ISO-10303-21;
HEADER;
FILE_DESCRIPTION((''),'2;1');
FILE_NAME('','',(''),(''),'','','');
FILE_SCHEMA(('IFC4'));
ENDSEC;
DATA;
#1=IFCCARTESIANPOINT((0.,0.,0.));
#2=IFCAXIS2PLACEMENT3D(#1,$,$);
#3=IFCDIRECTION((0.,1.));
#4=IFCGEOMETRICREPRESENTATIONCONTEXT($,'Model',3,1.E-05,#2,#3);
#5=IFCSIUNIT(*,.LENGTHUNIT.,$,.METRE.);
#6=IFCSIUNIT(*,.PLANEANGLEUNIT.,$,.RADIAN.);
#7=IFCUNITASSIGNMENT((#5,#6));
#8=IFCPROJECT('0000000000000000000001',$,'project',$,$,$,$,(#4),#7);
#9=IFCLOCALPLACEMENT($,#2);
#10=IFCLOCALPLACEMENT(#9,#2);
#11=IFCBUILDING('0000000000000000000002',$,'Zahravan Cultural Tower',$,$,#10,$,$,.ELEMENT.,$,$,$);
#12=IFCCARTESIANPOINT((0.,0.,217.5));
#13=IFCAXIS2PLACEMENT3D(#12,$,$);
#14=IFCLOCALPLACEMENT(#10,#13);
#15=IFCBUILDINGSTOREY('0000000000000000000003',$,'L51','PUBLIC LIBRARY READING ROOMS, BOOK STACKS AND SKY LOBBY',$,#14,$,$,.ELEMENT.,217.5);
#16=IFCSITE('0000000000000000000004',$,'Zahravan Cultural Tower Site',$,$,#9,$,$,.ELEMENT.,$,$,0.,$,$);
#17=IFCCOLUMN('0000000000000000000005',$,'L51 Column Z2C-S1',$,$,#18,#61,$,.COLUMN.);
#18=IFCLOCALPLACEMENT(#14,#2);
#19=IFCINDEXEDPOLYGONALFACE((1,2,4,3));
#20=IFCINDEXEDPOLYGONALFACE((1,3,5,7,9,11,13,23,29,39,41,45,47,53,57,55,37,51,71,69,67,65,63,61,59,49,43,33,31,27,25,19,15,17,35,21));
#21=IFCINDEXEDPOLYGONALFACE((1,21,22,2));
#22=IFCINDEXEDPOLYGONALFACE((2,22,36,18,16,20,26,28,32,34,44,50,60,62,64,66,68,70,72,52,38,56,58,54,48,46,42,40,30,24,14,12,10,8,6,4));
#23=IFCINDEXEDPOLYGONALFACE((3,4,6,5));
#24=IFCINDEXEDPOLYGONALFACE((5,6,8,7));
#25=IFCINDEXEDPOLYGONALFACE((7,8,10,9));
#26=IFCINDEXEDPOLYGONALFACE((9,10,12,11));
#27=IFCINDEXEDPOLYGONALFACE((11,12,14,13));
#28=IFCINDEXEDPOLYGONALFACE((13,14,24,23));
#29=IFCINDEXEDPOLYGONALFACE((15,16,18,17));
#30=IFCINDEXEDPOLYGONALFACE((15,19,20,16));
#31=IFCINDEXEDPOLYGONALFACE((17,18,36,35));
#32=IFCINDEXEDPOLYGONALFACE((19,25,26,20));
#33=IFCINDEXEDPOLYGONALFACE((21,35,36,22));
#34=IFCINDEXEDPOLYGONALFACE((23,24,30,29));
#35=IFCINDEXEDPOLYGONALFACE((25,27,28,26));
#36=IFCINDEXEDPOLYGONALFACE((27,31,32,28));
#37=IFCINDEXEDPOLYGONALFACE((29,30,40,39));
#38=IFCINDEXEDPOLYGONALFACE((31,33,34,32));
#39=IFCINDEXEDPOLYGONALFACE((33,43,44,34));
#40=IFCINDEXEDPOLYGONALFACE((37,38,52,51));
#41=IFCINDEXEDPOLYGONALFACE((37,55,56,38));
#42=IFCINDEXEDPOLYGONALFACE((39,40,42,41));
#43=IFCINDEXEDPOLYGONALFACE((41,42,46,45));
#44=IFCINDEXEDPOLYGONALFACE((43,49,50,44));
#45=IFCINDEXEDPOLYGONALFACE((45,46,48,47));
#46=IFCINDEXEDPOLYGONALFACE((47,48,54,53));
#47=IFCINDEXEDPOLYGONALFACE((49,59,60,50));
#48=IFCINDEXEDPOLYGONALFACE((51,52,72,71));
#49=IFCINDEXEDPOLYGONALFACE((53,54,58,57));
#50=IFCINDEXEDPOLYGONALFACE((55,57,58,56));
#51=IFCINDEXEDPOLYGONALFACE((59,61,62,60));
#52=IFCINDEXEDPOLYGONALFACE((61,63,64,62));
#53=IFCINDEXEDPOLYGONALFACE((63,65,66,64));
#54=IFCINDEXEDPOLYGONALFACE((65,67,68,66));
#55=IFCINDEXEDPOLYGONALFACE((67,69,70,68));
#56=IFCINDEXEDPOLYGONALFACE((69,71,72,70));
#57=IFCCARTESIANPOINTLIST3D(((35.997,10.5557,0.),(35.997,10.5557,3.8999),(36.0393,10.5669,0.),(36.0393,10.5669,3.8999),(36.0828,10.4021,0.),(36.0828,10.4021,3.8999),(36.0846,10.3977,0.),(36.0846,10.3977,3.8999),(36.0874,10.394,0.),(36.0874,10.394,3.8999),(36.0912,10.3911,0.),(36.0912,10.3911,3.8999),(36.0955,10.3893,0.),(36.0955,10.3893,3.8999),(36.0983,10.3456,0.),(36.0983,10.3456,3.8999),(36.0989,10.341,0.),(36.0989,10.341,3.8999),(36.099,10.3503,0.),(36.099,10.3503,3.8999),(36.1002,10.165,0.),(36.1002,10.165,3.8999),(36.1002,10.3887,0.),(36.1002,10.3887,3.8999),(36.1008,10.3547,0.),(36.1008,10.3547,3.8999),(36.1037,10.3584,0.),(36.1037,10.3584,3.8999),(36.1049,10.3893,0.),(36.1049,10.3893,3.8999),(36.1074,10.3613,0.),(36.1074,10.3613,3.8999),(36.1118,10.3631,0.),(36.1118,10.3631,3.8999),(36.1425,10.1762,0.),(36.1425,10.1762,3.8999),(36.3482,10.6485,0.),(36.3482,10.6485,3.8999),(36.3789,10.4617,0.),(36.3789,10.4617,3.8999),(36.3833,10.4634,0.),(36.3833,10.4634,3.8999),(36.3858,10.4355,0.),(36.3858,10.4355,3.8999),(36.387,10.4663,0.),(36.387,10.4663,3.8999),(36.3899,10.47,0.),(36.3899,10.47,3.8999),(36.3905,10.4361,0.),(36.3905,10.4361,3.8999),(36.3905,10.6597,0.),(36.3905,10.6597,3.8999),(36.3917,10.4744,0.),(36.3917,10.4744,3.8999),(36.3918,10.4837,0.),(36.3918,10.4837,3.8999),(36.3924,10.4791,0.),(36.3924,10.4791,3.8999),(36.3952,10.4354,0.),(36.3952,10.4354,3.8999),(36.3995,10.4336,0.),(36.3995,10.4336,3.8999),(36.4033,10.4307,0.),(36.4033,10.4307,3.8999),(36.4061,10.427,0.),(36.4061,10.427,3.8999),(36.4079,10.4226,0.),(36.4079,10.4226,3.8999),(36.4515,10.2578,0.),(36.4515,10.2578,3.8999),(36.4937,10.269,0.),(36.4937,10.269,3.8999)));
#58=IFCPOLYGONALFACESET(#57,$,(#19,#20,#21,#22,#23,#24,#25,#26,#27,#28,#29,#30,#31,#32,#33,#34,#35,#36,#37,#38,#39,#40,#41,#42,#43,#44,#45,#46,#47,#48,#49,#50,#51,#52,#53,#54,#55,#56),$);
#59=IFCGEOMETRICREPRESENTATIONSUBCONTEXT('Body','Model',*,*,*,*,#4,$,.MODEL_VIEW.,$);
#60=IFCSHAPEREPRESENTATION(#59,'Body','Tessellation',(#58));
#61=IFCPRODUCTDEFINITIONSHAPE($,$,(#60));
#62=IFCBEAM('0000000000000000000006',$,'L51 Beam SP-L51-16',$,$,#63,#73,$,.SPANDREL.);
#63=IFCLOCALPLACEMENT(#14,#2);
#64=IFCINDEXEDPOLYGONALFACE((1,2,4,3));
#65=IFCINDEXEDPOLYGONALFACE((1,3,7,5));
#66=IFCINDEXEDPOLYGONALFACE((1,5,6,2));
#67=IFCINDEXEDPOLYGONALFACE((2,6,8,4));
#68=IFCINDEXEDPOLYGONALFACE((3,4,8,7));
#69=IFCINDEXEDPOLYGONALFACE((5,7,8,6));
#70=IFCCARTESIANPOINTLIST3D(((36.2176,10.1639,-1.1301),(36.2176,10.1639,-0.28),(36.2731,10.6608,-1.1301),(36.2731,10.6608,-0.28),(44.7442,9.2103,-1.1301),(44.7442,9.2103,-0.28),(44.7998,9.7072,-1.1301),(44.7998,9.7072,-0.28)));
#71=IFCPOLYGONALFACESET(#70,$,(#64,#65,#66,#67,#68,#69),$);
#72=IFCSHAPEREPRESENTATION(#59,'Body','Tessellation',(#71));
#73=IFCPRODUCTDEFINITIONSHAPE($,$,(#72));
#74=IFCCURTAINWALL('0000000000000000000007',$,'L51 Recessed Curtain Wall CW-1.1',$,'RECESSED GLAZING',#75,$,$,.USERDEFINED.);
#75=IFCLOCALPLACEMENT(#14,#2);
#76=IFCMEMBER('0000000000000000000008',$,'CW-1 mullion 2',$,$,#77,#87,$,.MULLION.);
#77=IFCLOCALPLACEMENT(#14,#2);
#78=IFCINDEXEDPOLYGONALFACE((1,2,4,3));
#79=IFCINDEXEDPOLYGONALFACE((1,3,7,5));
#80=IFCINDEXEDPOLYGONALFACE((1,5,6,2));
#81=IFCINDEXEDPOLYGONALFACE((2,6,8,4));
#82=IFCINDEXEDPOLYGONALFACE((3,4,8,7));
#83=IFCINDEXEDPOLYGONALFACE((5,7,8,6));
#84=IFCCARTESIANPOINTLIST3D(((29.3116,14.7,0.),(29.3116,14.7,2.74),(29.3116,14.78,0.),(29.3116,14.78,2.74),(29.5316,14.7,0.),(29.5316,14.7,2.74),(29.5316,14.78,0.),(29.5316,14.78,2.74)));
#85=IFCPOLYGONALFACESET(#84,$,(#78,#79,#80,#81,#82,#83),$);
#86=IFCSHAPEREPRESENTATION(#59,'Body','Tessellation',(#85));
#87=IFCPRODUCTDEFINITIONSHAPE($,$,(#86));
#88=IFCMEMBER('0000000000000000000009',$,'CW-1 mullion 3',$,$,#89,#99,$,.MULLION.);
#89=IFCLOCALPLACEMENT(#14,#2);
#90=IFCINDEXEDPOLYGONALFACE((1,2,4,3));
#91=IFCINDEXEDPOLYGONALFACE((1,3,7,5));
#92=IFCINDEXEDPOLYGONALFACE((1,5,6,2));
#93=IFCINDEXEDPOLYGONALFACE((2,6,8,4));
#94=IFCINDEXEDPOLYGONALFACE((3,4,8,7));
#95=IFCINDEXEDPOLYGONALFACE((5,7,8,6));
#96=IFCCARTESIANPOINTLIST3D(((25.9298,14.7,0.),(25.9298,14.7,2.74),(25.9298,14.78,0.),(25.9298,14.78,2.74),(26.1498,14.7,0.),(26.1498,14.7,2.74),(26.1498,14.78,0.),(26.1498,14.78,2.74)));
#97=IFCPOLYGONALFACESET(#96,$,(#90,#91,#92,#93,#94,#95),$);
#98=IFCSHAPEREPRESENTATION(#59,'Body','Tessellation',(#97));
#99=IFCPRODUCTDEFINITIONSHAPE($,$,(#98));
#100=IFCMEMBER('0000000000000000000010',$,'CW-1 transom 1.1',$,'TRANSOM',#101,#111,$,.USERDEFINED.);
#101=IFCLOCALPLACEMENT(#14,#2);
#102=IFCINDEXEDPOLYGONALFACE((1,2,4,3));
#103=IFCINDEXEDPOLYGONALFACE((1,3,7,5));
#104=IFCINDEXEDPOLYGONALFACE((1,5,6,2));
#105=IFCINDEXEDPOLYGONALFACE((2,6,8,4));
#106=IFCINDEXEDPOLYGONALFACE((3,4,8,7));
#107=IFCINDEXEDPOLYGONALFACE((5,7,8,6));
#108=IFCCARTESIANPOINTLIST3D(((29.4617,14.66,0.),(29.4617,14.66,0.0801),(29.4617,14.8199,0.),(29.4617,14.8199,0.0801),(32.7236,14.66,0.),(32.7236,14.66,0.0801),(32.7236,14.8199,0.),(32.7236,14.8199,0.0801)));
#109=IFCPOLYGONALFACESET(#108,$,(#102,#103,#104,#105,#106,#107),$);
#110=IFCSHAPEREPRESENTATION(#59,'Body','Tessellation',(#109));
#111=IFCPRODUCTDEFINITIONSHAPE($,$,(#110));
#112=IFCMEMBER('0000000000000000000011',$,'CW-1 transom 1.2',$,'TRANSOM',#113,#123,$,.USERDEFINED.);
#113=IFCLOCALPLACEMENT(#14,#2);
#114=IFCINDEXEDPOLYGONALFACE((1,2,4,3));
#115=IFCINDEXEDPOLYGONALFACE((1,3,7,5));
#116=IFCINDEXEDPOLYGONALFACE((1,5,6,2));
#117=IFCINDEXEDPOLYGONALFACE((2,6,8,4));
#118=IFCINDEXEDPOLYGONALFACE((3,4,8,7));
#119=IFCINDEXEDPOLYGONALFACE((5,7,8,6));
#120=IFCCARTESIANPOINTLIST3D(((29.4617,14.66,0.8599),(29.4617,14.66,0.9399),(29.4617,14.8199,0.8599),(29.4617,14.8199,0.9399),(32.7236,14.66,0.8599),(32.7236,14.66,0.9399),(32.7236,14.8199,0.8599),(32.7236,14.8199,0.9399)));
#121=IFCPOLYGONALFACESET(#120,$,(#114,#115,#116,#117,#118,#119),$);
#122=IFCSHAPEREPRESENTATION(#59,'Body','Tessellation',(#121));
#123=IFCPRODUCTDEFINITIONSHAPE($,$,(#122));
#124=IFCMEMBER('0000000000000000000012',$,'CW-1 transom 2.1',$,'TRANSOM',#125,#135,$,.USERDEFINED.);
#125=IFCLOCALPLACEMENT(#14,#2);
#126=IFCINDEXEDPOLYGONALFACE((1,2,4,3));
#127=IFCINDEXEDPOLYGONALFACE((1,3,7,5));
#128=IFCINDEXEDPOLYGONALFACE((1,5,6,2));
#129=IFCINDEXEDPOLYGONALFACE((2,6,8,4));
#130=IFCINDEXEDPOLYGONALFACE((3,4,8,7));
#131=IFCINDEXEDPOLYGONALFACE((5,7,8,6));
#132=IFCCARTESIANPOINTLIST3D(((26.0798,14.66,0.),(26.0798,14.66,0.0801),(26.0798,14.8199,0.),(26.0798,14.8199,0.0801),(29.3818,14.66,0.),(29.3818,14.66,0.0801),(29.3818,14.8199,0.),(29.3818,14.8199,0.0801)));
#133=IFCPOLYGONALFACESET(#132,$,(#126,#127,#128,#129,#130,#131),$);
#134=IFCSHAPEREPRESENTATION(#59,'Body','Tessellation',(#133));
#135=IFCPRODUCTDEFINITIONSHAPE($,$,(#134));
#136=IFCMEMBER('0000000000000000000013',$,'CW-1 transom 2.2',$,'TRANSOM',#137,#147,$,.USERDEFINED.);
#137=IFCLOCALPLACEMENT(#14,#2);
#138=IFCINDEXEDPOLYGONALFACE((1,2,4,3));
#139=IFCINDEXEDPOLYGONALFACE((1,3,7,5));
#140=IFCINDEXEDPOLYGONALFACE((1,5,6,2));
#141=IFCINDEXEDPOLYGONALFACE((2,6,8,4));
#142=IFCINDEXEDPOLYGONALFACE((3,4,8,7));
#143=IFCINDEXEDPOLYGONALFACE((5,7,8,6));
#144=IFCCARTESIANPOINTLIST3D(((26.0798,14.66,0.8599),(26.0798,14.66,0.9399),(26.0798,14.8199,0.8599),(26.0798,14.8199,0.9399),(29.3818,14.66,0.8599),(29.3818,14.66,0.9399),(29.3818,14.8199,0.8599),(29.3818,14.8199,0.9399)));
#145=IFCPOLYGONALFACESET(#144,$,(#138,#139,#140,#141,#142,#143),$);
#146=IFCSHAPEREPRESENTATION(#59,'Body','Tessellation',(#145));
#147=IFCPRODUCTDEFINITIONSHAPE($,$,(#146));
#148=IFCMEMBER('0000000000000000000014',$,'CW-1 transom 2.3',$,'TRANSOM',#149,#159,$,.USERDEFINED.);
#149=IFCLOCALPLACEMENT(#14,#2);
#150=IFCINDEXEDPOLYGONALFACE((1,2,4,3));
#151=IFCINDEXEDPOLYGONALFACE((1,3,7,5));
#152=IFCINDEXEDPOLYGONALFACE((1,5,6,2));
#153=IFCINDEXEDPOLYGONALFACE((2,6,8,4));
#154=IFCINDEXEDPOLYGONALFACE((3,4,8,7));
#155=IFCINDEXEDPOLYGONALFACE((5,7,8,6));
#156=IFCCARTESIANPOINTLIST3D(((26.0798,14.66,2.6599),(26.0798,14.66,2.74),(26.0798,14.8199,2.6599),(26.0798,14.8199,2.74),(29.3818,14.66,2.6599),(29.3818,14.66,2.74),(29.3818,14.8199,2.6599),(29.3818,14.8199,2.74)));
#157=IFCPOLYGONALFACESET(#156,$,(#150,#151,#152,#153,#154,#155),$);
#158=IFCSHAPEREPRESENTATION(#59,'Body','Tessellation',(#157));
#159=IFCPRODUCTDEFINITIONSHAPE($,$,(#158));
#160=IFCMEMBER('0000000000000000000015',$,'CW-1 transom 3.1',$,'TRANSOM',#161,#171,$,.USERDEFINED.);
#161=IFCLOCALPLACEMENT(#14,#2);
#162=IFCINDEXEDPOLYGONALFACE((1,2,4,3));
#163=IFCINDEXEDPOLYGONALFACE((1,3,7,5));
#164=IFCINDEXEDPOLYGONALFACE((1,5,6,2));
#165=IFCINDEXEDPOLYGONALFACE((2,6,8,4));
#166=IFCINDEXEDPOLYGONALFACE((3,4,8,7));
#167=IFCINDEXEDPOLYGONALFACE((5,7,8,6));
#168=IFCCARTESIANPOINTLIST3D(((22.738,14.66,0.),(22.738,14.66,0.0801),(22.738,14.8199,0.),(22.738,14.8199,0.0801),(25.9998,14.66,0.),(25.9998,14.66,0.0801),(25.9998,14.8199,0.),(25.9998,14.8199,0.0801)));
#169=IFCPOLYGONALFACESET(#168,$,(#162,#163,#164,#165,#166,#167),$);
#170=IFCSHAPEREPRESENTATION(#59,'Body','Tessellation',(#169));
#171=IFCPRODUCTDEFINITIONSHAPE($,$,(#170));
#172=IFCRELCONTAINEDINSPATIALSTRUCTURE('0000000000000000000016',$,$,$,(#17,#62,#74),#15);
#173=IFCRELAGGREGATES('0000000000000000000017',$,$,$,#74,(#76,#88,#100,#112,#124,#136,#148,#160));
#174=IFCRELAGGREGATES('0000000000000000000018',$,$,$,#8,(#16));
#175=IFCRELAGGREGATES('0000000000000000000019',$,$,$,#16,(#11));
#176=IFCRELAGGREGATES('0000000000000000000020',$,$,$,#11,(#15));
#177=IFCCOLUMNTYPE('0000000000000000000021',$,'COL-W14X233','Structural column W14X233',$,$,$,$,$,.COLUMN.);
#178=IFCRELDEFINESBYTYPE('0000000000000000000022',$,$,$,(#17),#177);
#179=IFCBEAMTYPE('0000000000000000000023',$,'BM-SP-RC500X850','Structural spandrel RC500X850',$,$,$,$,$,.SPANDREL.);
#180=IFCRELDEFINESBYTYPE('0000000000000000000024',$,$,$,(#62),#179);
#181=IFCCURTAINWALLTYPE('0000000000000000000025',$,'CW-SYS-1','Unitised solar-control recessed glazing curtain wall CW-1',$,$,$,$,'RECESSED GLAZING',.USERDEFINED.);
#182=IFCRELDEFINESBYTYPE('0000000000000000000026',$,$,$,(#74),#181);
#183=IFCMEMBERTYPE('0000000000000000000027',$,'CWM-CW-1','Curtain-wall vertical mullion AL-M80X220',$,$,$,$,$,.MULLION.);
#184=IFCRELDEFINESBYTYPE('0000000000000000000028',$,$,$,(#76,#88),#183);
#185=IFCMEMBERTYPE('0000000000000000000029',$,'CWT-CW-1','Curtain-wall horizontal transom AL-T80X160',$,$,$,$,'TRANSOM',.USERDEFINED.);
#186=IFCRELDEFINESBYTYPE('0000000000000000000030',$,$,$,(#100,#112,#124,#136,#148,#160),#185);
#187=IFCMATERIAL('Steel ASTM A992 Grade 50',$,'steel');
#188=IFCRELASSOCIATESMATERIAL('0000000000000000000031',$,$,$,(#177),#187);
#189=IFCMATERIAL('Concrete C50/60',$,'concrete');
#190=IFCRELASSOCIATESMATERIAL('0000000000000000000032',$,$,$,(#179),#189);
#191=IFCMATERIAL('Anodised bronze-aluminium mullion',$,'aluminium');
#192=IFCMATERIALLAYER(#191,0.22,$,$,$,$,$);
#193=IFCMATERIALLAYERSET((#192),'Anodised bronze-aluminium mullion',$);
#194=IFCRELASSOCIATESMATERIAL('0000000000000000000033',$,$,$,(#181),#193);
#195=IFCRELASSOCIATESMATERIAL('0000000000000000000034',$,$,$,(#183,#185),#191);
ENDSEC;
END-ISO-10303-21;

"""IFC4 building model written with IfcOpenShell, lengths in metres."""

from ifc_helpers import new_model, si_unit, direction, frame, origin, origin_2d, place, context, subcontext, project, spatial, rectangle, i_section, extrude, source, transform, mapped, material, layer, layer_set, material_profile, profile_set, type_object, element, aggregate, save


model = new_model("IFC4")

# Units and contexts
model_context = context("Model", 3, precision=1e-05, world=origin(), true_north=direction((0.0, 1.0)))
body_context = subcontext(model_context, "Body", "Model", "MODEL_VIEW")
ifc_project = project(units=[si_unit("LENGTHUNIT", "METRE"), si_unit("PLANEANGLEUNIT", "RADIAN")], contexts=[model_context])

# Site, building, storey
site_placement = place(None, origin())
site = spatial("IfcSite", under=ifc_project, at=site_placement, Name="Zahravan Cultural Tower Site", CompositionType="ELEMENT", RefElevation=0.0)
building_placement = place(site_placement, origin())
building = spatial("IfcBuilding", under=site, at=building_placement, Name="Zahravan Cultural Tower", CompositionType="ELEMENT")
storey_placement = place(building_placement, frame((0.0, 0.0, 217.5)))
storey = spatial("IfcBuildingStorey", under=building, at=storey_placement, Name="L51", Description="PUBLIC LIBRARY READING ROOMS, BOOK STACKS AND SKY LOBBY", CompositionType="ELEMENT", Elevation=217.5)

# Column
ifc_material_1 = material(Name="Steel ASTM A992 Grade 50", Category="steel")
ifc_material_profile_1 = material_profile(ifc_material_1, i_section(OverallWidth=0.4041, OverallDepth=0.407, WebThickness=0.0271, FlangeThickness=0.0437, FilletRadius=0.0181, at=origin_2d()), Name="W14X233")
ifc_profile_set_1 = profile_set([ifc_material_profile_1], Name="Steel ASTM A992 Grade 50")
column_type = type_object("IfcColumnType", Name="COL-W14X233", Description="Structural column W14X233", PredefinedType="COLUMN", material=ifc_profile_set_1)
shared_shape_1 = source(origin(), body_context, "Body", "SweptSolid", [
    extrude(i_section(OverallWidth=0.4041, OverallDepth=0.407, WebThickness=0.0271, FlangeThickness=0.0437, FilletRadius=0.0181, at=origin_2d()), origin(), (0.0, 0.0, 1.0), 3.8999),
])
column_placement = place(storey_placement, frame((36.2454, 10.4124, 0.0), z_axis=(0.0, 0.0, 1.0), x_axis=(-0.255446, 0.966823, 0.0)))
element("IfcColumn", 1, at=column_placement, inside=storey, type_object=column_type, Name="L51 Column Z2C-S1", PredefinedType="COLUMN", context=body_context, shape_type="MappedRepresentation", body=[
    mapped(shared_shape_1, transform((0.0, 0.0, 0.0), x_axis=(1.0, 0.0, 0.0), y_axis=(0.0, 1.0, 0.0), z_axis=(0.0, 0.0, 1.0), scale=1.0)),
])

# Beam
ifc_material_2 = material(Name="Concrete C50/60", Category="concrete")
ifc_material_profile_2 = material_profile(ifc_material_2, rectangle(XDim=0.5, YDim=0.8501, at=origin_2d()), Name="RC500X850")
ifc_profile_set_2 = profile_set([ifc_material_profile_2], Name="Concrete C50/60")
beam_type = type_object("IfcBeamType", Name="BM-SP-RC500X850", Description="Structural spandrel RC500X850", PredefinedType="SPANDREL", material=ifc_profile_set_2)
shared_shape_2 = source(origin(), body_context, "Body", "SweptSolid", [
    extrude(rectangle(XDim=0.5, YDim=0.8501, at=origin_2d()), origin(), (0.0, 0.0, 1.0), 8.5798),
])
beam_placement = place(storey_placement, frame((36.2454, 10.4124, -0.7051), z_axis=(0.993804, -0.111147, 0.0), x_axis=(0.111147, 0.993804, 0.0)))
element("IfcBeam", 2, at=beam_placement, inside=storey, type_object=beam_type, Name="L51 Beam SP-L51-16", PredefinedType="SPANDREL", context=body_context, shape_type="MappedRepresentation", body=[
    mapped(shared_shape_2, transform((0.0, 0.0, 0.0), x_axis=(1.0, 0.0, 0.0), y_axis=(0.0, 1.0, 0.0), z_axis=(0.0, 0.0, 1.0), scale=1.0)),
])

# Curtain wall, members
ifc_material_3 = material(Name="Anodised bronze-aluminium mullion", Category="aluminium")
ifc_layer_1 = layer(ifc_material_3, 0.22)
ifc_layer_set_1 = layer_set([ifc_layer_1], Name="Anodised bronze-aluminium mullion")
curtain_wall_type = type_object("IfcCurtainWallType", Name="CW-SYS-1", Description="Unitised solar-control recessed glazing curtain wall CW-1", ElementType="RECESSED GLAZING", PredefinedType="USERDEFINED", material=ifc_layer_set_1)
curtain_wall_placement = place(storey_placement, origin())
curtain_wall = element("IfcCurtainWall", 3, at=curtain_wall_placement, inside=storey, type_object=curtain_wall_type, Name="L51 Recessed Curtain Wall CW-1.1", ObjectType="RECESSED GLAZING", PredefinedType="USERDEFINED")
ifc_material_profile_3 = material_profile(ifc_material_3, rectangle(XDim=0.0801, YDim=0.22, at=origin_2d()), Name="AL-M80X220")
ifc_profile_set_3 = profile_set([ifc_material_profile_3], Name="Anodised bronze-aluminium mullion")
member_type_1 = type_object("IfcMemberType", Name="CWM-CW-1", Description="Curtain-wall vertical mullion AL-M80X220", PredefinedType="MULLION", material=ifc_profile_set_3)
shared_shape_3 = source(origin(), body_context, "Body", "SweptSolid", [
    extrude(rectangle(XDim=0.0801, YDim=0.22, at=origin_2d()), origin(), (0.0, 0.0, 1.0), 2.74),
])
member_1_placement = place(storey_placement, frame((29.4216, 14.74, 0.0), z_axis=(0.0, 0.0, 1.0), x_axis=(0.0, -1.0, 0.0)))
member_1 = element("IfcMember", 4, at=member_1_placement, type_object=member_type_1, Name="CW-1 mullion 2", PredefinedType="MULLION", context=body_context, shape_type="MappedRepresentation", body=[
    mapped(shared_shape_3, transform((0.0, 0.0, 0.0), x_axis=(1.0, 0.0, 0.0), y_axis=(0.0, 1.0, 0.0), z_axis=(0.0, 0.0, 1.0), scale=1.0)),
])
member_2_placement = place(storey_placement, frame((26.0398, 14.74, 0.0), z_axis=(0.0, 0.0, 1.0), x_axis=(0.0, -1.0, 0.0)))
member_2 = element("IfcMember", 5, at=member_2_placement, type_object=member_type_1, Name="CW-1 mullion 3", PredefinedType="MULLION", context=body_context, shape_type="MappedRepresentation", body=[
    mapped(shared_shape_3, transform((0.0, 0.0, 0.0), x_axis=(1.0, 0.0, 0.0), y_axis=(0.0, 1.0, 0.0), z_axis=(0.0, 0.0, 1.0), scale=1.0)),
])
ifc_material_profile_4 = material_profile(ifc_material_3, rectangle(XDim=0.1599, YDim=0.0801, at=origin_2d()), Name="AL-T80X160")
ifc_profile_set_4 = profile_set([ifc_material_profile_4], Name="Anodised bronze-aluminium mullion")
member_type_2 = type_object("IfcMemberType", Name="CWT-CW-1", Description="Curtain-wall horizontal transom AL-T80X160", ElementType="TRANSOM", PredefinedType="USERDEFINED", material=ifc_profile_set_4)
shared_shape_4 = source(origin(), body_context, "Body", "SweptSolid", [
    extrude(rectangle(XDim=0.1599, YDim=0.0801, at=origin_2d()), origin(), (0.0, 0.0, 1.0), 3.262),
])
member_3_placement = place(storey_placement, frame((32.7236, 14.74, 0.04), z_axis=(-1.0, 0.0, 0.0), x_axis=(0.0, -1.0, 0.0)))
member_3 = element("IfcMember", 6, at=member_3_placement, type_object=member_type_2, Name="CW-1 transom 1.1", ObjectType="TRANSOM", PredefinedType="USERDEFINED", context=body_context, shape_type="MappedRepresentation", body=[
    mapped(shared_shape_4, transform((0.0, 0.0, 0.0), x_axis=(1.0, 0.0, 0.0), y_axis=(0.0, 1.0, 0.0), z_axis=(0.0, 0.0, 1.0), scale=1.0)),
])
member_4_placement = place(storey_placement, frame((32.7236, 14.74, 0.8999), z_axis=(-1.0, 0.0, 0.0), x_axis=(0.0, -1.0, 0.0)))
member_4 = element("IfcMember", 7, at=member_4_placement, type_object=member_type_2, Name="CW-1 transom 1.2", ObjectType="TRANSOM", PredefinedType="USERDEFINED", context=body_context, shape_type="MappedRepresentation", body=[
    mapped(shared_shape_4, transform((0.0, 0.0, 0.0), x_axis=(1.0, 0.0, 0.0), y_axis=(0.0, 1.0, 0.0), z_axis=(0.0, 0.0, 1.0), scale=1.0)),
])
shared_shape_5 = source(origin(), body_context, "Body", "SweptSolid", [
    extrude(rectangle(XDim=0.1599, YDim=0.0801, at=origin_2d()), origin(), (0.0, 0.0, 1.0), 3.302),
])
member_5_placement = place(storey_placement, frame((29.3818, 14.74, 0.04), z_axis=(-1.0, 0.0, 0.0), x_axis=(0.0, -1.0, 0.0)))
member_5 = element("IfcMember", 8, at=member_5_placement, type_object=member_type_2, Name="CW-1 transom 2.1", ObjectType="TRANSOM", PredefinedType="USERDEFINED", context=body_context, shape_type="MappedRepresentation", body=[
    mapped(shared_shape_5, transform((0.0, 0.0, 0.0), x_axis=(1.0, 0.0, 0.0), y_axis=(0.0, 1.0, 0.0), z_axis=(0.0, 0.0, 1.0), scale=1.0)),
])
member_6_placement = place(storey_placement, frame((29.3818, 14.74, 0.8999), z_axis=(-1.0, 0.0, 0.0), x_axis=(0.0, -1.0, 0.0)))
member_6 = element("IfcMember", 9, at=member_6_placement, type_object=member_type_2, Name="CW-1 transom 2.2", ObjectType="TRANSOM", PredefinedType="USERDEFINED", context=body_context, shape_type="MappedRepresentation", body=[
    mapped(shared_shape_5, transform((0.0, 0.0, 0.0), x_axis=(1.0, 0.0, 0.0), y_axis=(0.0, 1.0, 0.0), z_axis=(0.0, 0.0, 1.0), scale=1.0)),
])
member_7_placement = place(storey_placement, frame((29.3818, 14.74, 2.7), z_axis=(-1.0, 0.0, 0.0), x_axis=(0.0, -1.0, 0.0)))
member_7 = element("IfcMember", 10, at=member_7_placement, type_object=member_type_2, Name="CW-1 transom 2.3", ObjectType="TRANSOM", PredefinedType="USERDEFINED", context=body_context, shape_type="MappedRepresentation", body=[
    mapped(shared_shape_5, transform((0.0, 0.0, 0.0), x_axis=(1.0, 0.0, 0.0), y_axis=(0.0, 1.0, 0.0), z_axis=(0.0, 0.0, 1.0), scale=1.0)),
])
shared_shape_6 = source(origin(), body_context, "Body", "SweptSolid", [
    extrude(rectangle(XDim=0.1599, YDim=0.0801, at=origin_2d()), origin(), (0.0, 0.0, 1.0), 3.2617),
])
member_8_placement = place(storey_placement, frame((25.9998, 14.74, 0.04), z_axis=(-1.0, 0.0, 0.0), x_axis=(0.0, -1.0, 0.0)))
member_8 = element("IfcMember", 11, at=member_8_placement, type_object=member_type_2, Name="CW-1 transom 3.1", ObjectType="TRANSOM", PredefinedType="USERDEFINED", context=body_context, shape_type="MappedRepresentation", body=[
    mapped(shared_shape_6, transform((0.0, 0.0, 0.0), x_axis=(1.0, 0.0, 0.0), y_axis=(0.0, 1.0, 0.0), z_axis=(0.0, 0.0, 1.0), scale=1.0)),
])
aggregate(curtain_wall, [member_1, member_2, member_3, member_4, member_5, member_6, member_7, member_8])

save(model, "model.ifc")
